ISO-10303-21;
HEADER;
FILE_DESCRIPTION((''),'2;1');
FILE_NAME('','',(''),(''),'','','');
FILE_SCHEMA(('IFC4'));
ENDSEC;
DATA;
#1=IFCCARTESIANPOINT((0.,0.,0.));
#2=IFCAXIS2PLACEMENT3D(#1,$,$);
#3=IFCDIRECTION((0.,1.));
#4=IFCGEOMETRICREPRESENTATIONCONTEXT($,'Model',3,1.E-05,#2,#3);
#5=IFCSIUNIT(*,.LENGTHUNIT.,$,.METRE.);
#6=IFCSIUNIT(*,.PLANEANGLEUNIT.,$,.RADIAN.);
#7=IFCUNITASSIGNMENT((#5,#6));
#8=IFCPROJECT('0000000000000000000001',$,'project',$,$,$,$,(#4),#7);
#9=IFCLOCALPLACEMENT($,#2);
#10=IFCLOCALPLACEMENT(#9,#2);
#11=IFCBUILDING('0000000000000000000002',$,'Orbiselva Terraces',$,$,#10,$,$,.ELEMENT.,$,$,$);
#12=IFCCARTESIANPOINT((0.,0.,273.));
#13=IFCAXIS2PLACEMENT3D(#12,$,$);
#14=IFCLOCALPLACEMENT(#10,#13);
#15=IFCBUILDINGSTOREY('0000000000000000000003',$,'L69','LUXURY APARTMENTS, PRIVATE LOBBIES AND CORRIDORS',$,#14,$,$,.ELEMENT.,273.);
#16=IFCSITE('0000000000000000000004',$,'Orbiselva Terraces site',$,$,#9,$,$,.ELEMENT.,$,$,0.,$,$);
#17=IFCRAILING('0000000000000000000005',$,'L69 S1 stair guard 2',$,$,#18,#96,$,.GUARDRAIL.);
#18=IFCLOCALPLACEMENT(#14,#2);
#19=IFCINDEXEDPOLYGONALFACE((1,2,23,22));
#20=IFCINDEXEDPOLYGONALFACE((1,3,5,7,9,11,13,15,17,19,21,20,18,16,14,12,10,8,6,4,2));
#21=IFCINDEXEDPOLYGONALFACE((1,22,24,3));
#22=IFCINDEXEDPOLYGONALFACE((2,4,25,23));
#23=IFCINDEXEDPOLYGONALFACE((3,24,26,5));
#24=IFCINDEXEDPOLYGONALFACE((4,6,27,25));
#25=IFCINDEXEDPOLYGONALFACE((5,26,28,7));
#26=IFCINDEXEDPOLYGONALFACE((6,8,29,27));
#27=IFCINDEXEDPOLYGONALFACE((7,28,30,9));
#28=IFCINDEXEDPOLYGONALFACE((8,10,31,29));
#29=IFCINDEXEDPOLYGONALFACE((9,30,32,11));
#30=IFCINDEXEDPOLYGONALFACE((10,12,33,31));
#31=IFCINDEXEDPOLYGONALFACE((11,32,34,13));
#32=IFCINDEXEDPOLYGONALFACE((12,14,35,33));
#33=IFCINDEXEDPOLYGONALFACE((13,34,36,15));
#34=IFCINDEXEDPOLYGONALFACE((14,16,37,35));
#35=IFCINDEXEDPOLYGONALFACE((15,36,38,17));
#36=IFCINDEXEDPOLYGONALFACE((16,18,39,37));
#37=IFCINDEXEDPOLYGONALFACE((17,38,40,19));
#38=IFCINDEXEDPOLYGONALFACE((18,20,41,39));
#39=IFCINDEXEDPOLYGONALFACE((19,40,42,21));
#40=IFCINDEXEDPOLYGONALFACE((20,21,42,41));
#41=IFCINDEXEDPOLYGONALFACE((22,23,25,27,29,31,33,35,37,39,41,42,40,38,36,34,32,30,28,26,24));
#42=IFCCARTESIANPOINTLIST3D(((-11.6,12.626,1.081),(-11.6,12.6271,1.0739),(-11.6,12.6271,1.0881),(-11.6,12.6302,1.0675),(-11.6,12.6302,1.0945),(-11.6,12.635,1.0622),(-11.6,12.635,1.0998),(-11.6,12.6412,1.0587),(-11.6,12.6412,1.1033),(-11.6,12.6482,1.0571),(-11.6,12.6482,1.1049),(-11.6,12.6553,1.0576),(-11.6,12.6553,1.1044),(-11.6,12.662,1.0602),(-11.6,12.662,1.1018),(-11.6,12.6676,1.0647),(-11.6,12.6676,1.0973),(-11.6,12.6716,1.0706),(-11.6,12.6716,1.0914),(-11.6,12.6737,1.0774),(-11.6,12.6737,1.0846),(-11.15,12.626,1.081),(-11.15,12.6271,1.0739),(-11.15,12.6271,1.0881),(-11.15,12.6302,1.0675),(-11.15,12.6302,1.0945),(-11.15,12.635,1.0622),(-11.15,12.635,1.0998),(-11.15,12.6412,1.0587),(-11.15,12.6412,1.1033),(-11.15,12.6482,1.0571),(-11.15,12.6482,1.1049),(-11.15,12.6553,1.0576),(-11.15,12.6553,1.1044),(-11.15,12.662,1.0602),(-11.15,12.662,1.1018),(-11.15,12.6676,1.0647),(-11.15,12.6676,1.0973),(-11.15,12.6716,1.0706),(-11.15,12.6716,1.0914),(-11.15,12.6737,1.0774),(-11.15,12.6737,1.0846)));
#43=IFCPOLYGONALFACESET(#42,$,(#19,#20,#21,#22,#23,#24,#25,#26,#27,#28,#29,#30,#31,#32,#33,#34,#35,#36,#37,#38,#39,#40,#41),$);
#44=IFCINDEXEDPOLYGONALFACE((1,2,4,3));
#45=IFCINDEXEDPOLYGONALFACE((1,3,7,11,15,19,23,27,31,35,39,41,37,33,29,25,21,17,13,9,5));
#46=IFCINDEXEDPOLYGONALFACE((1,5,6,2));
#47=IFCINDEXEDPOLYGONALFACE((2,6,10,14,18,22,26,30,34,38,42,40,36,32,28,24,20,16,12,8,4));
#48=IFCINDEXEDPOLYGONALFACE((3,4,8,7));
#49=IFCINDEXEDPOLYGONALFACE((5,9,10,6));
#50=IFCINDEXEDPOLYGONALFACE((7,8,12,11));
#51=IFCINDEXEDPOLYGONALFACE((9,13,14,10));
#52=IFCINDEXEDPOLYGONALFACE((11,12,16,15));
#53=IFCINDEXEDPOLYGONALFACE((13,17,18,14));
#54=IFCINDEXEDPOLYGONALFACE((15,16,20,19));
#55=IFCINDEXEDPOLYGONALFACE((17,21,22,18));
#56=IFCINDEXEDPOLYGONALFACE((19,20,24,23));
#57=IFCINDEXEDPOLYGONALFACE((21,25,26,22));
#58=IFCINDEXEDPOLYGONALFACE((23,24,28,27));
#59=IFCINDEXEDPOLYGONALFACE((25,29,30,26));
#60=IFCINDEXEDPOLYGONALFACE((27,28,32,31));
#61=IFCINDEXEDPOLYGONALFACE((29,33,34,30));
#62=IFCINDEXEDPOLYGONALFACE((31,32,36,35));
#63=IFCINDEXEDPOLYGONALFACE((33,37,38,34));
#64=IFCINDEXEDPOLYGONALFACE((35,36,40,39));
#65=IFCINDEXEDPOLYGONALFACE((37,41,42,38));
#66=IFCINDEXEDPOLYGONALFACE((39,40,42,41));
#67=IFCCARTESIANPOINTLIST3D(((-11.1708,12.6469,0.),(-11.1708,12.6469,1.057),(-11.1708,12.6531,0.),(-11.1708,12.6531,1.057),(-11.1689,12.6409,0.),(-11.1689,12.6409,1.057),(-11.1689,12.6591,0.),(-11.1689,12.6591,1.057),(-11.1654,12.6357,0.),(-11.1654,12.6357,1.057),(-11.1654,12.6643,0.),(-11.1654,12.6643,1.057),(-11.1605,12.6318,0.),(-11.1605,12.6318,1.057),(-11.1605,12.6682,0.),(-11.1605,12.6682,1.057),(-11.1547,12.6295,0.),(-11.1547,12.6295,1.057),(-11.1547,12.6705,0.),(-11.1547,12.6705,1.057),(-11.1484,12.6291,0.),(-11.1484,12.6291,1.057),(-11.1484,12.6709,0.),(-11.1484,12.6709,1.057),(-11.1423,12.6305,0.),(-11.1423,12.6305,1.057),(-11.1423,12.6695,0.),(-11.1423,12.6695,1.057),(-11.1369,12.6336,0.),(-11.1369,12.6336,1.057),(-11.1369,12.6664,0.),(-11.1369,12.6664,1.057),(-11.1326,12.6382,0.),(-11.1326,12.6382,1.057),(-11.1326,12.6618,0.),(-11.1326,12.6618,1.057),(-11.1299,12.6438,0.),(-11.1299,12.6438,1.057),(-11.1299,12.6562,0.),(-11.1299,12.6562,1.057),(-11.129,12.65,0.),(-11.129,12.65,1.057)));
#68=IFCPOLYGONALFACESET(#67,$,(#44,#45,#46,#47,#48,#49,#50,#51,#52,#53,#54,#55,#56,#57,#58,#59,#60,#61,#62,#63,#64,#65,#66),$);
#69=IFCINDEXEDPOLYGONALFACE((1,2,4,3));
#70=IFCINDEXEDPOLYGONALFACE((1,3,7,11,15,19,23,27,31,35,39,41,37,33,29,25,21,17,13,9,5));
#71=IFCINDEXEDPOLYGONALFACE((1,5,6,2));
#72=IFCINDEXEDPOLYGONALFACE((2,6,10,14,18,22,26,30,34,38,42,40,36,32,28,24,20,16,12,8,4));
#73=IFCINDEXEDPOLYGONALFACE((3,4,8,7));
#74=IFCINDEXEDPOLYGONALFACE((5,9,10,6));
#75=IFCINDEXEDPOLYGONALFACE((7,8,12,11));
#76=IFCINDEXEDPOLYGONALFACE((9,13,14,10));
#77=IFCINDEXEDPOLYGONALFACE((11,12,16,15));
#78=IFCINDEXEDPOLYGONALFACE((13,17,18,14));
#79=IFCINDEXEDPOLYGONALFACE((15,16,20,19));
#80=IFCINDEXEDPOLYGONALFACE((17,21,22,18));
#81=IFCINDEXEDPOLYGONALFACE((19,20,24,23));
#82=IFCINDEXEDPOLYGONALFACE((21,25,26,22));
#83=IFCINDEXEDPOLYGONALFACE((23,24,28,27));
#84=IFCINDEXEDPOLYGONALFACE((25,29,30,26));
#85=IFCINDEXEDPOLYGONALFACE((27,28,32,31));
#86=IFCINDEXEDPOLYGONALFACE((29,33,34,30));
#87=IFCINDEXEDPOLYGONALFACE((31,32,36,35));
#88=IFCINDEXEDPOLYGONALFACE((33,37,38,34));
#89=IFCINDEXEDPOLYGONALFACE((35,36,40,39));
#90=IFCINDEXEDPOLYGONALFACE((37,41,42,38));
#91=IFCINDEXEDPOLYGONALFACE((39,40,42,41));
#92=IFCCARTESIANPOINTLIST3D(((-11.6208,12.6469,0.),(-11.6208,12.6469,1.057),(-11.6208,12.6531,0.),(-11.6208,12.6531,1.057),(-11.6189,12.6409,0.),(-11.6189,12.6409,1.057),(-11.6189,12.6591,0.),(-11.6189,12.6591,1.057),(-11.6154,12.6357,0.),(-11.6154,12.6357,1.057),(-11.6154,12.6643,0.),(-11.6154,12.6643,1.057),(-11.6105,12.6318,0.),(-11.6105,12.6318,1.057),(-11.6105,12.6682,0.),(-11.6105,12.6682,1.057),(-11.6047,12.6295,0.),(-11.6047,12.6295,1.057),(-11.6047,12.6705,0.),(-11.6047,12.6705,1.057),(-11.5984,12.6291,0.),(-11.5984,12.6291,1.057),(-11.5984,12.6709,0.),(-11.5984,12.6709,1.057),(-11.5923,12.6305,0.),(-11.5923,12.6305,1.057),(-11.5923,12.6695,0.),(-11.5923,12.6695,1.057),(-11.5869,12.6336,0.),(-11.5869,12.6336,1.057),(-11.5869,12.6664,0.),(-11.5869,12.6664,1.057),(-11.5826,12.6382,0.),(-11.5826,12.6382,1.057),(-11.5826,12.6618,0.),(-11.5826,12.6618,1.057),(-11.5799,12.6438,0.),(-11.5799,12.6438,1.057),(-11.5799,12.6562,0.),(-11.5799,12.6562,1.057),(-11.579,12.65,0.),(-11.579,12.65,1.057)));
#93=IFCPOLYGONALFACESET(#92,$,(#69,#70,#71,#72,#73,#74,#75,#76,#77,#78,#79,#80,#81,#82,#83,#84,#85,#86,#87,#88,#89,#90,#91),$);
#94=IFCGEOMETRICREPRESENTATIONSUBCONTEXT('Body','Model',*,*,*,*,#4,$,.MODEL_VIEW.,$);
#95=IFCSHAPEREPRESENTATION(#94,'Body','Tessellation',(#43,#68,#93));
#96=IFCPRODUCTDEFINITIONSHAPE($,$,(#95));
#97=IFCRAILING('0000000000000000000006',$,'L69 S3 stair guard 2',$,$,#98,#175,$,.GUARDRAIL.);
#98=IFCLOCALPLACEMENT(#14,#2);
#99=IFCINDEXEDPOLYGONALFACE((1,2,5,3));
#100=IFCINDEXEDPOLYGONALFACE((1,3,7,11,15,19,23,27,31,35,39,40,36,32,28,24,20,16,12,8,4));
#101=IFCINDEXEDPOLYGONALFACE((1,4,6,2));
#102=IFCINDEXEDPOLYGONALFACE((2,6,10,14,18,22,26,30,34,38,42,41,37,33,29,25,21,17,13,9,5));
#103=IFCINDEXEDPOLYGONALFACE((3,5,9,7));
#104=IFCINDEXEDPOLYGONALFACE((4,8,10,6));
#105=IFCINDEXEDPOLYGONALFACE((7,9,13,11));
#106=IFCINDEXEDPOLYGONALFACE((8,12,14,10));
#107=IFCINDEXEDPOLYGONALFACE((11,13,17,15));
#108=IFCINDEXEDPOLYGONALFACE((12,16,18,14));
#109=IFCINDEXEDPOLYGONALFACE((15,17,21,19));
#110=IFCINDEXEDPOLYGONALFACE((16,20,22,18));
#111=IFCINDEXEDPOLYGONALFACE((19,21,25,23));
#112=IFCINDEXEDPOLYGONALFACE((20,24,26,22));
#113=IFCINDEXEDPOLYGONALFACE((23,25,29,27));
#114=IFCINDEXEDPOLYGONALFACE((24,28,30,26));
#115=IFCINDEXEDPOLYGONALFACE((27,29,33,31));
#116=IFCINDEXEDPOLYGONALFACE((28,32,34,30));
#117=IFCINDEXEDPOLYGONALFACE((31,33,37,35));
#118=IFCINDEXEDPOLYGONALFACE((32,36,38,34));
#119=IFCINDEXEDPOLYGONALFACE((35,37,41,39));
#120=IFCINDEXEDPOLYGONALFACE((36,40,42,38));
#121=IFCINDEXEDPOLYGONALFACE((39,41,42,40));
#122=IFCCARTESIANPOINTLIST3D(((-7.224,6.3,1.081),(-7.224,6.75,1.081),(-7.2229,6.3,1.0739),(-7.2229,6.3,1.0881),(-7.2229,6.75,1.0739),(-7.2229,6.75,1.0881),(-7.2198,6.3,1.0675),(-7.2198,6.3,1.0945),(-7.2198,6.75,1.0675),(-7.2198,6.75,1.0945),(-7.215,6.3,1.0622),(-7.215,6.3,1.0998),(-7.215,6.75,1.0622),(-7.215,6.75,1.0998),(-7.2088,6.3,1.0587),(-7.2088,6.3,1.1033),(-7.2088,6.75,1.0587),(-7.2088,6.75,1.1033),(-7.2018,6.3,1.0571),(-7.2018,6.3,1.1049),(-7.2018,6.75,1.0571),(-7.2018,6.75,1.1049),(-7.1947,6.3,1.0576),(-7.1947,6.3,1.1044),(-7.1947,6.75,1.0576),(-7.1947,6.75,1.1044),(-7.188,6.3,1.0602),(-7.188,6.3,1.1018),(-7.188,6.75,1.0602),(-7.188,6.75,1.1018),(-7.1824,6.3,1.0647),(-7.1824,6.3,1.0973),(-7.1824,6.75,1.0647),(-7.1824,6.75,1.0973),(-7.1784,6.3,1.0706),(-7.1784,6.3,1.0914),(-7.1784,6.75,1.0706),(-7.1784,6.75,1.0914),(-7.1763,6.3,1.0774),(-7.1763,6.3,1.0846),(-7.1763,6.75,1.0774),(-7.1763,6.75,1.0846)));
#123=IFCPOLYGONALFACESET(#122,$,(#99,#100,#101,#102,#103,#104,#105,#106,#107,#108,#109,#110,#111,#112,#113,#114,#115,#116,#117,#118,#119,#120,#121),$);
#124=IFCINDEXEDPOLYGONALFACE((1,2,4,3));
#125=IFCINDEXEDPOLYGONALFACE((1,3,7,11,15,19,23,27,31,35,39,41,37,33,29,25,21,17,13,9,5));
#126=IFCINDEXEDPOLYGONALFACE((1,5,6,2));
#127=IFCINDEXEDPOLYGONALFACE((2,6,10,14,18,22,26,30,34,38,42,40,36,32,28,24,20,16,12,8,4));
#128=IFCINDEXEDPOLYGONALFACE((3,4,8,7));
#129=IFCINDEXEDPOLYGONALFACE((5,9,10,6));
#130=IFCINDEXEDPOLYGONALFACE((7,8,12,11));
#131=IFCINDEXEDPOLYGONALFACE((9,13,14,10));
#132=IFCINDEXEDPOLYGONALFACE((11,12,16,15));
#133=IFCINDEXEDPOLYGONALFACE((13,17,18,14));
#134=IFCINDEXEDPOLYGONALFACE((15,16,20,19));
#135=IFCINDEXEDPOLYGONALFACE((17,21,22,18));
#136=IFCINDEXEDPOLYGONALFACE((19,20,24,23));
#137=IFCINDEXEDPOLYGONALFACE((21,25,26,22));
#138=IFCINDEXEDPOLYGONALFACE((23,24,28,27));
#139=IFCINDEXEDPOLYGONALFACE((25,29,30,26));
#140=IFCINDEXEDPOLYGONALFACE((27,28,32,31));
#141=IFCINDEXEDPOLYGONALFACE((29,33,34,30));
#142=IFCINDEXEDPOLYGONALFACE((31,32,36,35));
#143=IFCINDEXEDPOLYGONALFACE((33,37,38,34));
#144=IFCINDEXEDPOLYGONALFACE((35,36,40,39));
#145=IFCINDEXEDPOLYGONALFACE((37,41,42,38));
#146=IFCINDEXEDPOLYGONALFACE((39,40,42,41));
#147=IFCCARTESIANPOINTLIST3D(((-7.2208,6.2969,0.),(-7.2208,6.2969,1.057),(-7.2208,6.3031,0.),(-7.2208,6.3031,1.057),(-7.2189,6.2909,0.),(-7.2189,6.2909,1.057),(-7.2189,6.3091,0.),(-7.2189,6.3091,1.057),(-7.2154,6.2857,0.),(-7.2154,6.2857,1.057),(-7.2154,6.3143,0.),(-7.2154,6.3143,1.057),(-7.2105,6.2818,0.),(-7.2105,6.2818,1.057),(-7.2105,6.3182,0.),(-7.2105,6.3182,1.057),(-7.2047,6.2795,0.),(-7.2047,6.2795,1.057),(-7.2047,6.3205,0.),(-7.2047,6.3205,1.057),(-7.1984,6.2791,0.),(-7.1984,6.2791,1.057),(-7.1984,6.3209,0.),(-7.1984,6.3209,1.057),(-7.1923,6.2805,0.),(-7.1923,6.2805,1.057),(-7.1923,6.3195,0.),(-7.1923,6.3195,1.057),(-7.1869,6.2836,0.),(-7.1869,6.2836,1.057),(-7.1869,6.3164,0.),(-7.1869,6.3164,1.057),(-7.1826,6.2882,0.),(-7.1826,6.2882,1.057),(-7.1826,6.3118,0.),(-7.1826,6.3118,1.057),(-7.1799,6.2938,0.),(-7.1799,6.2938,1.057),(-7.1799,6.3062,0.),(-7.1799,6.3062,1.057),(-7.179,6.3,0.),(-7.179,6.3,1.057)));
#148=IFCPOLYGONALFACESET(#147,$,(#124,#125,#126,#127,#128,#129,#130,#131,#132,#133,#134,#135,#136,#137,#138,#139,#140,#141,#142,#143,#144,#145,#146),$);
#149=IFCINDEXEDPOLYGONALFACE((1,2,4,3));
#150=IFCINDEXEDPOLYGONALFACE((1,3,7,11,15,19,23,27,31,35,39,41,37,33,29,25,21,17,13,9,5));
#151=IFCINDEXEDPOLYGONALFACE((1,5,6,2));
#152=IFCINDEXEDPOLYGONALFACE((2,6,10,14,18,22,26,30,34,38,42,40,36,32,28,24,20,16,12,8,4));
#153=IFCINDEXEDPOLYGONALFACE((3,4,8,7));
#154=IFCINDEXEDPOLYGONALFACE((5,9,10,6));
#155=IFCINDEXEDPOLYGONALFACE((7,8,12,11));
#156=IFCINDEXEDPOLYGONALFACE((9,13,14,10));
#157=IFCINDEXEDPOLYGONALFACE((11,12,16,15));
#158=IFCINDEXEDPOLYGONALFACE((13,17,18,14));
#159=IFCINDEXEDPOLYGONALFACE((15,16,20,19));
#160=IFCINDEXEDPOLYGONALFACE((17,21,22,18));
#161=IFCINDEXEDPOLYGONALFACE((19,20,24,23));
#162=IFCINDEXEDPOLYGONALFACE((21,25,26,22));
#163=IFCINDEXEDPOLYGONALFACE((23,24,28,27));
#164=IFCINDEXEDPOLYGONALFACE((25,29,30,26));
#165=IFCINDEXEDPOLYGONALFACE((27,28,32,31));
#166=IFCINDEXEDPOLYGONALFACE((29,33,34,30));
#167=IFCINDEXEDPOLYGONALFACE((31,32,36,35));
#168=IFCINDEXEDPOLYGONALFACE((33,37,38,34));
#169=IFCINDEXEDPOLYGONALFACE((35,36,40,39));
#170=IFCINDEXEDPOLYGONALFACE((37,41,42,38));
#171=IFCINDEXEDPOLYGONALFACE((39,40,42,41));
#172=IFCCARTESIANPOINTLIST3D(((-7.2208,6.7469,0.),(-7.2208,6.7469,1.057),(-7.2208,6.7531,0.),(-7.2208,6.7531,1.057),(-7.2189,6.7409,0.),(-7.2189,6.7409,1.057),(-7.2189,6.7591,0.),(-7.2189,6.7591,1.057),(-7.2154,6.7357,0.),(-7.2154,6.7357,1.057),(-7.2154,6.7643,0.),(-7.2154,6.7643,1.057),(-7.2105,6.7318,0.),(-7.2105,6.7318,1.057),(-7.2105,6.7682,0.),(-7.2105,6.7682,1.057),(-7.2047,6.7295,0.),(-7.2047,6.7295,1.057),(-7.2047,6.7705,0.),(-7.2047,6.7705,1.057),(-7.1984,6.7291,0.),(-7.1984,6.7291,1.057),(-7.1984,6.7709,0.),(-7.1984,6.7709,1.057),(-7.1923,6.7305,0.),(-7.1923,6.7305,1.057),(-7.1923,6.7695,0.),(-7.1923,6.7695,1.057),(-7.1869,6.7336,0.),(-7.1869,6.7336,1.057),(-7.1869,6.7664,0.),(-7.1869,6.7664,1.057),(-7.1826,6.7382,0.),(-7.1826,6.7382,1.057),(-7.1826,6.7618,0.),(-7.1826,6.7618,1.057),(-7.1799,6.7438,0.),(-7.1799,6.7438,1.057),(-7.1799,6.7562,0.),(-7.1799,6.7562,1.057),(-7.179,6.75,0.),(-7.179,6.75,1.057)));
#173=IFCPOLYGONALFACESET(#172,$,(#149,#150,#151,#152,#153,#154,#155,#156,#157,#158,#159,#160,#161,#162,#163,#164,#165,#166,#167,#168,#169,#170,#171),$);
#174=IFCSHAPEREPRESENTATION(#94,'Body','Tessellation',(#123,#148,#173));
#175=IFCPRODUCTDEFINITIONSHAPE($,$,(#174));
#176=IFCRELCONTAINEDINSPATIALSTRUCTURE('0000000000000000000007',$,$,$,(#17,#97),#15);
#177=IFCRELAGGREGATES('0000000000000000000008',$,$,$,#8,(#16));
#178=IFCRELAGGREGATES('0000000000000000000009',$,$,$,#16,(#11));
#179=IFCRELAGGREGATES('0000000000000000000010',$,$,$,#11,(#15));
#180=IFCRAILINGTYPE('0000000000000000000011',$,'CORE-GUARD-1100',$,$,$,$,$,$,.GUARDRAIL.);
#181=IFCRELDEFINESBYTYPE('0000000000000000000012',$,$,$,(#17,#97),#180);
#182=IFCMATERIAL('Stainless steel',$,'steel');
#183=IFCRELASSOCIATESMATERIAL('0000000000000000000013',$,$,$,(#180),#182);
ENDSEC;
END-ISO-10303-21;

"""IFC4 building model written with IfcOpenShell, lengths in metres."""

from ifc_helpers import new_model, si_unit, direction, frame, origin, origin_2d, place, context, subcontext, project, spatial, circle, extrude, material, type_object, element, save


model = new_model("IFC4")

# Units and contexts
model_context = context("Model", 3, precision=1e-05, world=origin(), true_north=direction((0.0, 1.0)))
body_context = subcontext(model_context, "Body", "Model", "MODEL_VIEW")
ifc_project = project(units=[si_unit("LENGTHUNIT", "METRE"), si_unit("PLANEANGLEUNIT", "RADIAN")], contexts=[model_context])

# Site, building, storey
site_placement = place(None, origin())
site = spatial("IfcSite", under=ifc_project, at=site_placement, Name="Orbiselva Terraces site", CompositionType="ELEMENT", RefElevation=0.0)
building_placement = place(site_placement, origin())
building = spatial("IfcBuilding", under=site, at=building_placement, Name="Orbiselva Terraces", CompositionType="ELEMENT")
storey_placement = place(building_placement, frame((0.0, 0.0, 273.0)))
storey = spatial("IfcBuildingStorey", under=building, at=storey_placement, Name="L69", Description="LUXURY APARTMENTS, PRIVATE LOBBIES AND CORRIDORS", CompositionType="ELEMENT", Elevation=273.0)

# Railings
ifc_material_1 = material(Name="Stainless steel", Category="steel")
railing_type_1 = type_object("IfcRailingType", Name="CORE-GUARD-1100", PredefinedType="GUARDRAIL", material=ifc_material_1)
railing_1_placement = place(storey_placement, frame((-11.15, 12.65, 0.0)))
element("IfcRailing", 1, at=railing_1_placement, inside=storey, type_object=railing_type_1, Name="L69 S1 stair guard 2", PredefinedType="GUARDRAIL", context=body_context, shape_type="SweptSolid", body=[
    extrude(circle(Radius=0.024, at=origin_2d()), frame((0.0, 0.0, 1.081), z_axis=(-1.0, 0.0, 0.0), x_axis=(0.0, -1.0, 0.0)), (0.0, 0.0, 1.0), 0.45),
    extrude(circle(Radius=0.021, at=origin_2d()), origin(), (0.0, 0.0, 1.0), 1.057),
    extrude(circle(Radius=0.021, at=origin_2d()), frame((-0.45, 0.0, 0.0)), (0.0, 0.0, 1.0), 1.057),
])
railing_2_placement = place(storey_placement, frame((-7.2, 6.3, 0.0)))
element("IfcRailing", 2, at=railing_2_placement, inside=storey, type_object=railing_type_1, Name="L69 S3 stair guard 2", PredefinedType="GUARDRAIL", context=body_context, shape_type="SweptSolid", body=[
    extrude(circle(Radius=0.024, at=origin_2d()), frame((0.0, 0.0, 1.081), z_axis=(0.0, 1.0, 0.0), x_axis=(-1.0, 0.0, 0.0)), (0.0, 0.0, 1.0), 0.45),
    extrude(circle(Radius=0.021, at=origin_2d()), origin(), (0.0, 0.0, 1.0), 1.057),
    extrude(circle(Radius=0.021, at=origin_2d()), frame((0.0, 0.45, 0.0)), (0.0, 0.0, 1.0), 1.057),
])

save(model, "model.ifc")
